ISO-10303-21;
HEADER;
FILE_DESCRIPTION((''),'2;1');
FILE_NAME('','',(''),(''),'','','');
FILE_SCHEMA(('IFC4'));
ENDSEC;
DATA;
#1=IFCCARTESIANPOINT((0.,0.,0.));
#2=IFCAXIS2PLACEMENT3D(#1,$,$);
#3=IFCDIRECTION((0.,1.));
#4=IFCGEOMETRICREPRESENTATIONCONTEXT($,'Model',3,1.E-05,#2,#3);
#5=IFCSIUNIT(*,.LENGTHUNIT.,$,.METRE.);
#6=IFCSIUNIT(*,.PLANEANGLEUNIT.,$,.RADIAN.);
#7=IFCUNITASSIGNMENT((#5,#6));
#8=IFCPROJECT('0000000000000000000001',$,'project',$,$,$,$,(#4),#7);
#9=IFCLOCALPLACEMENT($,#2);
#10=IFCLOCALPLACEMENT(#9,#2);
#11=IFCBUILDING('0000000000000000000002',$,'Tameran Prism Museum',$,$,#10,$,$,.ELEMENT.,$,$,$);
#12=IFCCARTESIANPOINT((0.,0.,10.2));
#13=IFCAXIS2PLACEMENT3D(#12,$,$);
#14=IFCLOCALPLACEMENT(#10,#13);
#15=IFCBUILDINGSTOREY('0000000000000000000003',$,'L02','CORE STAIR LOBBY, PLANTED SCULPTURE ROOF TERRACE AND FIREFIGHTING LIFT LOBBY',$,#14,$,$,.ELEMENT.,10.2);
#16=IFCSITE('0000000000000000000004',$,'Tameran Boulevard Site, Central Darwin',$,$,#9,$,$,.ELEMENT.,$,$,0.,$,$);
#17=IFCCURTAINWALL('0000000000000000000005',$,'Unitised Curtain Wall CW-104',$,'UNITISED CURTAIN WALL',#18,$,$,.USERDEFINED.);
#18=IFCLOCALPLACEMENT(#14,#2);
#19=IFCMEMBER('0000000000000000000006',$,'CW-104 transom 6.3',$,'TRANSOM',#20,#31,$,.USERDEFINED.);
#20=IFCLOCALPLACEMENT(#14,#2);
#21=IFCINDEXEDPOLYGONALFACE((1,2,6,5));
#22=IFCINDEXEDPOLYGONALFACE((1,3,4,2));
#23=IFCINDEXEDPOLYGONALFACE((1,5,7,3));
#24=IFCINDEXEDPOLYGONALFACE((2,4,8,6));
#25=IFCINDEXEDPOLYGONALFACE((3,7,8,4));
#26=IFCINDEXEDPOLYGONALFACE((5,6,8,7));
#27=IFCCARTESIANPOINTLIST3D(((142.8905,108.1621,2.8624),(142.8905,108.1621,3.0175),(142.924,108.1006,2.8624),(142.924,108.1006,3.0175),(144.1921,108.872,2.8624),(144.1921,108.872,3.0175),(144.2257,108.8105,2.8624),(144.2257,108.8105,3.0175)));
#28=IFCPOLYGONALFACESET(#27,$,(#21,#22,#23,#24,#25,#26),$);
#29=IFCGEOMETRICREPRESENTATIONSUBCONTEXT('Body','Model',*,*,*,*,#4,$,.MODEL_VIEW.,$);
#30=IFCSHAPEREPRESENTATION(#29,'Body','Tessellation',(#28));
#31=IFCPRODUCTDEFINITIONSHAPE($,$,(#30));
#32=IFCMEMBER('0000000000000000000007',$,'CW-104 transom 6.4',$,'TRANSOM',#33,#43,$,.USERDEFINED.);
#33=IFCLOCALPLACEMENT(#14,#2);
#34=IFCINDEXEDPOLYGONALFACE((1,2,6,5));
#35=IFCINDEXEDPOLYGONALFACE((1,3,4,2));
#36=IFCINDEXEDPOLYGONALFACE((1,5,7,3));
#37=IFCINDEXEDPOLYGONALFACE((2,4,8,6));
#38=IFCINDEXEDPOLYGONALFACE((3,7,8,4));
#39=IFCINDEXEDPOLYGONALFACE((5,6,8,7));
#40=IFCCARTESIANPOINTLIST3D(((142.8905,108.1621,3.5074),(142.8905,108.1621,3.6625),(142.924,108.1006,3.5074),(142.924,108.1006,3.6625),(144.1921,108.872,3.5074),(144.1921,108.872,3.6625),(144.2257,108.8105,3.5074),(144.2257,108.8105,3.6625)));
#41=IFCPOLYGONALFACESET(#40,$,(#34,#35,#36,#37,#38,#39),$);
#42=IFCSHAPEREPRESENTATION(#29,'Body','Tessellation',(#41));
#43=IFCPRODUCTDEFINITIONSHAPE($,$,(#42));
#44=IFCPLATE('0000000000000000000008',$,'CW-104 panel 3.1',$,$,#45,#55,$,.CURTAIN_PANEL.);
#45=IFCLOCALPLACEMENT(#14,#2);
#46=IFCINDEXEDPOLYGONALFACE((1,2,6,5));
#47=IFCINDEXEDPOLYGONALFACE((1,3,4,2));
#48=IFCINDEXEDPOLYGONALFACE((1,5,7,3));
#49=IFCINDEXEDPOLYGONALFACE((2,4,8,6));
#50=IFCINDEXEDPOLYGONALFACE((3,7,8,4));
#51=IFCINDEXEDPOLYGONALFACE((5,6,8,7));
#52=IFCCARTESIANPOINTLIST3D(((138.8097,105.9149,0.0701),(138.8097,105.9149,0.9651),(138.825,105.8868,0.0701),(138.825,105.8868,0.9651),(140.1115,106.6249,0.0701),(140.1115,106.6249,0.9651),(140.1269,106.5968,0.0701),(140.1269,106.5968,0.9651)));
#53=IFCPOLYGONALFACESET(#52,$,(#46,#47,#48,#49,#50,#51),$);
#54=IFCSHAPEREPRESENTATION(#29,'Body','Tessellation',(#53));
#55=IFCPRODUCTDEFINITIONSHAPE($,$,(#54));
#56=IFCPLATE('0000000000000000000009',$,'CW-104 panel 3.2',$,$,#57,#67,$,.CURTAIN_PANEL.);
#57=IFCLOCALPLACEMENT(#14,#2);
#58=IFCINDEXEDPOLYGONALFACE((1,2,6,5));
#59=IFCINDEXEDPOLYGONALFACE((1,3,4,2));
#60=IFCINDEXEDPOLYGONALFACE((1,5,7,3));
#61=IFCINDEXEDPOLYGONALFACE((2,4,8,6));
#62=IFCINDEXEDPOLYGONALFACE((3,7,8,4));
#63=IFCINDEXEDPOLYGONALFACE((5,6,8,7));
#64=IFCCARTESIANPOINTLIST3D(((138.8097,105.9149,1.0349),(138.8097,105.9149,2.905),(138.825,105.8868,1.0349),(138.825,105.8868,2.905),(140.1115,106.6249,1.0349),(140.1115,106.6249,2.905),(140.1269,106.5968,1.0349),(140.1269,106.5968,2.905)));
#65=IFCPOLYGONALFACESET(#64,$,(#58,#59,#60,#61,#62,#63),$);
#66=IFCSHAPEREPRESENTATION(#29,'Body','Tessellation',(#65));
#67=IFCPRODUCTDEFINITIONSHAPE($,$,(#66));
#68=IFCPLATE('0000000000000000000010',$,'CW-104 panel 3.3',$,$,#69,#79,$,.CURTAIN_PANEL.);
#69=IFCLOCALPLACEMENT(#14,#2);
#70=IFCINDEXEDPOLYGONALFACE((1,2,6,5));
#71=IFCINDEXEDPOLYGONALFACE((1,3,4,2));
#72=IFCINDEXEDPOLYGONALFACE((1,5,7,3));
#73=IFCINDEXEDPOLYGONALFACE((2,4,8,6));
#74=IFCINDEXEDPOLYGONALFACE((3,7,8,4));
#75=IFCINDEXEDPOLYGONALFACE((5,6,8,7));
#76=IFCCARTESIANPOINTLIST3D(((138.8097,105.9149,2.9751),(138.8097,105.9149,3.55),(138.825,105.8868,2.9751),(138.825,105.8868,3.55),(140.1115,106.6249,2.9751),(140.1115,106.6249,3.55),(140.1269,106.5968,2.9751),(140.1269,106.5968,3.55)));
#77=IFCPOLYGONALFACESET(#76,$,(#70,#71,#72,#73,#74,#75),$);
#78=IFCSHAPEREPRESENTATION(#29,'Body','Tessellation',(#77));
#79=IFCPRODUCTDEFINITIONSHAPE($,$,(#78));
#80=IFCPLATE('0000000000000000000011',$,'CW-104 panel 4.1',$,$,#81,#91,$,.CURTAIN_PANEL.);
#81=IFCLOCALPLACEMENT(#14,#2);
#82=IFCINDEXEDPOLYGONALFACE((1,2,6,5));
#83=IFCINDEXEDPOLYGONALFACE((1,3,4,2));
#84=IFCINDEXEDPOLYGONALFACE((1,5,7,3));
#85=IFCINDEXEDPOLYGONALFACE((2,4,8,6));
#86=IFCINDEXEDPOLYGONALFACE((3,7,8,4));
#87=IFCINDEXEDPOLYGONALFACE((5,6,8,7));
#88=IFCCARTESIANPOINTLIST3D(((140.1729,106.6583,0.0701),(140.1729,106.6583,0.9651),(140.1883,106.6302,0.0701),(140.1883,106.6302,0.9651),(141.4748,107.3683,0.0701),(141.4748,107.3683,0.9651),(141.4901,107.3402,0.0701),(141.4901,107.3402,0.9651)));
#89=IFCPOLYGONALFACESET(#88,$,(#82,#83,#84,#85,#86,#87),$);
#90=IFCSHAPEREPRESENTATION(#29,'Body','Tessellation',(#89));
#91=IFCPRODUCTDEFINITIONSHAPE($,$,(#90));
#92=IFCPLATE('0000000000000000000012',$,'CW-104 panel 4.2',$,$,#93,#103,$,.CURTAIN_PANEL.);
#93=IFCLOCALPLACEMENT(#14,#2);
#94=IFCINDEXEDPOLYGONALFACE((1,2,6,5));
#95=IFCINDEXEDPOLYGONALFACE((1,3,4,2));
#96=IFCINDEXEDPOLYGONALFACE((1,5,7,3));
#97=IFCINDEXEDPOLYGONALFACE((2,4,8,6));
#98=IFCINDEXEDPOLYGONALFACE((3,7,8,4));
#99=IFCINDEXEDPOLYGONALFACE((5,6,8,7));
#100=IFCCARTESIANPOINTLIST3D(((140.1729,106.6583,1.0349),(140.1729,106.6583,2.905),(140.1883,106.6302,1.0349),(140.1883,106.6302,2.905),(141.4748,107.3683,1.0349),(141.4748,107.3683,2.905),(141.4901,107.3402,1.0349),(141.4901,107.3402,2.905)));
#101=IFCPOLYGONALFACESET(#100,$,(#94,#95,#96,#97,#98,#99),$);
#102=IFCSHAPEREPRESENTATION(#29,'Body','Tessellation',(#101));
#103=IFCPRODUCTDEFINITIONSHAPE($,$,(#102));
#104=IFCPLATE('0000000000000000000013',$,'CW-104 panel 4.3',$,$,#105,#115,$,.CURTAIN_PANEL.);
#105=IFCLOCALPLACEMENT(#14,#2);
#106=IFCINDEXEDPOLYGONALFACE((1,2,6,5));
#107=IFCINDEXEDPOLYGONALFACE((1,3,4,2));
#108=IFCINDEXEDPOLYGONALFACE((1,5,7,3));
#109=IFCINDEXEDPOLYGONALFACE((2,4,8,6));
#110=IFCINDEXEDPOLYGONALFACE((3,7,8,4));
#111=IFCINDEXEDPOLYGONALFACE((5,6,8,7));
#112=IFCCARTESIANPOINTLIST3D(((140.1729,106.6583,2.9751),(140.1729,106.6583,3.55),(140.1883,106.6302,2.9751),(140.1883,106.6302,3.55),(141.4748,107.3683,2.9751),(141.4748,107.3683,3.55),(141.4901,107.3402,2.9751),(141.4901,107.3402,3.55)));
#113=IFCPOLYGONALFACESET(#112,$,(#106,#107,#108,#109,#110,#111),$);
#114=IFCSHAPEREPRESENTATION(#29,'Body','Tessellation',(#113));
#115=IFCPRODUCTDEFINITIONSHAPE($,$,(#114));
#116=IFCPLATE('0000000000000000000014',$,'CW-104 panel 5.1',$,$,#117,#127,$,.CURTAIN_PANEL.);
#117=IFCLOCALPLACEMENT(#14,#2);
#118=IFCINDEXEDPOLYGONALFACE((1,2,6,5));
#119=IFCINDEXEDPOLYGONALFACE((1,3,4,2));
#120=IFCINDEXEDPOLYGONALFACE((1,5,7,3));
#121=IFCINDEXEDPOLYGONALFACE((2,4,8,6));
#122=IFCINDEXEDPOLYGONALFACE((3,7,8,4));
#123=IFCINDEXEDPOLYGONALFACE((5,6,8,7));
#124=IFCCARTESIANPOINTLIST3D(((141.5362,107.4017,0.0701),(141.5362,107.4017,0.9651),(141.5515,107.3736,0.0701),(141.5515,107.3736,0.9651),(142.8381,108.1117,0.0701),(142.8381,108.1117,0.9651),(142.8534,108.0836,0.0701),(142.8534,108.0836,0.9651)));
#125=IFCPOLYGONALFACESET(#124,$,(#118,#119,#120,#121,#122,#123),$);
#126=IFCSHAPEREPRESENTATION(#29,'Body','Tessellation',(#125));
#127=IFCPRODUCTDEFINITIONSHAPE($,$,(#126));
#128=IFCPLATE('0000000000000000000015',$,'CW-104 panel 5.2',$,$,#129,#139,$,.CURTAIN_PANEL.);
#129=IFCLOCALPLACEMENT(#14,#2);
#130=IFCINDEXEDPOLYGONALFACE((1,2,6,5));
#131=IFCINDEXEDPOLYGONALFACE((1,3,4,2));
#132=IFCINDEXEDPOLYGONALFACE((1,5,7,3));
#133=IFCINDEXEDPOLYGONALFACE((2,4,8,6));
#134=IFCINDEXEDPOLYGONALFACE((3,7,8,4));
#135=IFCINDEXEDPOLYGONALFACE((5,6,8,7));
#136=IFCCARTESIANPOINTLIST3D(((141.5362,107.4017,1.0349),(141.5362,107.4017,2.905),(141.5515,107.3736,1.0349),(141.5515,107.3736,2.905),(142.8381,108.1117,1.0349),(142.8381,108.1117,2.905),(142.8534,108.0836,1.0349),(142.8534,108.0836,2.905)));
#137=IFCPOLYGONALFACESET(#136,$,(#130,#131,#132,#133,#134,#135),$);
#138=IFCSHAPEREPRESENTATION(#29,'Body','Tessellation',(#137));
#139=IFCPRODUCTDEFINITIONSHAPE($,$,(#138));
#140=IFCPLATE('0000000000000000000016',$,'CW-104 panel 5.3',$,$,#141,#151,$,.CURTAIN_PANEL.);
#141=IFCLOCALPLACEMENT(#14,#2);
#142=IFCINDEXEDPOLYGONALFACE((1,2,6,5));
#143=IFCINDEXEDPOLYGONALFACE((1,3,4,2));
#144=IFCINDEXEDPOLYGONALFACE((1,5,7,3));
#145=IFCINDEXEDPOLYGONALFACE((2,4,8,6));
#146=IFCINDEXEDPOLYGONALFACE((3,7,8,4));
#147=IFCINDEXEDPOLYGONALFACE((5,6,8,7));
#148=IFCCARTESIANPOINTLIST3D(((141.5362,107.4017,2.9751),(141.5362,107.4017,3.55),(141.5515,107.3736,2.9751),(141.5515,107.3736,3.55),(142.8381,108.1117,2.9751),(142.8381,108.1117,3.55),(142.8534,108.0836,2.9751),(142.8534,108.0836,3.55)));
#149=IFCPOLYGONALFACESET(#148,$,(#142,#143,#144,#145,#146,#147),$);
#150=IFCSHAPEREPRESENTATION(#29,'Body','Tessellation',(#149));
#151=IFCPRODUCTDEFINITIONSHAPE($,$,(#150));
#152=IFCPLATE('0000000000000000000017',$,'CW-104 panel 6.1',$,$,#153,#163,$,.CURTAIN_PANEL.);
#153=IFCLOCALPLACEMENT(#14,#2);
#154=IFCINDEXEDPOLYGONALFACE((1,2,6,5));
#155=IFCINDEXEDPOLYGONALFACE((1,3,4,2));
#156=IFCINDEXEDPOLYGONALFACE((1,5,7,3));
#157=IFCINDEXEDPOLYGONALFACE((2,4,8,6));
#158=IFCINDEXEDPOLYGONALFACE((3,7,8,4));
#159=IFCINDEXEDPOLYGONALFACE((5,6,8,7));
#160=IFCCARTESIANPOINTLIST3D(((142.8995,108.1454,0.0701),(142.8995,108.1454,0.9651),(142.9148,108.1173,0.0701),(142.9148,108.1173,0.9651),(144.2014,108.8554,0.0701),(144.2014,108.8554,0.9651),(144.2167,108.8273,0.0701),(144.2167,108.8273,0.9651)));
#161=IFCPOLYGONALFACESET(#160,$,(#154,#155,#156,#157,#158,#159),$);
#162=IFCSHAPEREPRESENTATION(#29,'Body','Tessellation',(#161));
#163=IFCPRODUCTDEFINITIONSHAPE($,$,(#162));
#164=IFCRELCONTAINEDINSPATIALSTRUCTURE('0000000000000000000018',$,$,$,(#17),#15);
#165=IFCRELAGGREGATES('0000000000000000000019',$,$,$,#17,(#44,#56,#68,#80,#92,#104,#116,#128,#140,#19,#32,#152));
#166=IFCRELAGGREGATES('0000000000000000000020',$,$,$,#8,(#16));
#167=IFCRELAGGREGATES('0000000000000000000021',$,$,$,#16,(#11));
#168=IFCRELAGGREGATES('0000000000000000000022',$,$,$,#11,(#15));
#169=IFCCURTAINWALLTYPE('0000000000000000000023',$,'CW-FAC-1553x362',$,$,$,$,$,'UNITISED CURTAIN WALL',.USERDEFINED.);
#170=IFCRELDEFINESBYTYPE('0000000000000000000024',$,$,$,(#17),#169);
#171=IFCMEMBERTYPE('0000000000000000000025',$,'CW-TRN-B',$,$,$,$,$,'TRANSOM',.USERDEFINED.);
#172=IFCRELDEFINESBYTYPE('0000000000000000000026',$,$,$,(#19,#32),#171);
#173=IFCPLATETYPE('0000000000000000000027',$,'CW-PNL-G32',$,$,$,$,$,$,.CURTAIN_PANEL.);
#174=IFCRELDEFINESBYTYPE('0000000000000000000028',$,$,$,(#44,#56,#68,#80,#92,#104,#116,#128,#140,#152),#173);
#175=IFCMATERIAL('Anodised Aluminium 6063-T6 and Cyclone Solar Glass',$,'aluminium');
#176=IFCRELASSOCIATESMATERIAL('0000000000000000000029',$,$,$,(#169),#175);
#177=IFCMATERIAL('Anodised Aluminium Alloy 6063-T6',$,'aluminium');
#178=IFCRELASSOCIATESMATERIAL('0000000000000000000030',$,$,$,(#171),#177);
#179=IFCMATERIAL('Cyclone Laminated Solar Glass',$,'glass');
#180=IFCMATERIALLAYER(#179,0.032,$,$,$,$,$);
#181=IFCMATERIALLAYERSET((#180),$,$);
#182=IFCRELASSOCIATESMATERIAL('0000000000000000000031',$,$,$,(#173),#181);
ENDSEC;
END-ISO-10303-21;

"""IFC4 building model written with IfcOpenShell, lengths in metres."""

from ifc_helpers import new_model, si_unit, direction, frame, origin, origin_2d, place, context, subcontext, project, spatial, rectangle, extrude, material, layer, layer_set, material_profile, profile_set, type_object, element, aggregate, save


model = new_model("IFC4")

# Units and contexts
model_context = context("Model", 3, precision=1e-05, world=origin(), true_north=direction((0.0, 1.0)))
body_context = subcontext(model_context, "Body", "Model", "MODEL_VIEW")
ifc_project = project(units=[si_unit("LENGTHUNIT", "METRE"), si_unit("PLANEANGLEUNIT", "RADIAN")], contexts=[model_context])

# Site, building, storey
site_placement = place(None, origin())
site = spatial("IfcSite", under=ifc_project, at=site_placement, Name="Tameran Boulevard Site, Central Darwin", CompositionType="ELEMENT", RefElevation=0.0)
building_placement = place(site_placement, origin())
building = spatial("IfcBuilding", under=site, at=building_placement, Name="Tameran Prism Museum", CompositionType="ELEMENT")
storey_placement = place(building_placement, frame((0.0, 0.0, 10.2)))
storey = spatial("IfcBuildingStorey", under=building, at=storey_placement, Name="L02", Description="CORE STAIR LOBBY, PLANTED SCULPTURE ROOF TERRACE AND FIREFIGHTING LIFT LOBBY", CompositionType="ELEMENT", Elevation=10.2)

# Curtain wall, members, plates
ifc_material_1 = material(Name="Anodised Aluminium 6063-T6 and Cyclone Solar Glass", Category="aluminium")
curtain_wall_type = type_object("IfcCurtainWallType", Name="CW-FAC-1553x362", ElementType="UNITISED CURTAIN WALL", PredefinedType="USERDEFINED", material=ifc_material_1)
curtain_wall_placement = place(storey_placement, origin())
curtain_wall = element("IfcCurtainWall", 1, at=curtain_wall_placement, inside=storey, type_object=curtain_wall_type, Name="Unitised Curtain Wall CW-104", ObjectType="UNITISED CURTAIN WALL", PredefinedType="USERDEFINED")
ifc_material_2 = material(Name="Anodised Aluminium Alloy 6063-T6", Category="aluminium")
ifc_material_profile_1 = material_profile(ifc_material_2, rectangle(XDim=0.0701, YDim=0.155, at=origin_2d()))
ifc_profile_set_1 = profile_set([ifc_material_profile_1])
member_type_1 = type_object("IfcMemberType", Name="CW-TRN-B", ElementType="TRANSOM", PredefinedType="USERDEFINED", material=ifc_profile_set_1)
member_1_placement = place(storey_placement, frame((142.9072, 108.1313, 2.9399), z_axis=(0.877921, 0.478806, 0.0), x_axis=(-0.478806, 0.877921, 0.0)))
member_1 = element("IfcMember", 2, at=member_1_placement, type_object=member_type_1, Name="CW-104 transom 6.3", ObjectType="TRANSOM", PredefinedType="USERDEFINED", context=body_context, shape_type="SweptSolid", body=[
    extrude(rectangle(XDim=0.0701, YDim=0.155, at=origin_2d()), origin(), (0.0, 0.0, 1.0), 1.4827),
])
member_2_placement = place(storey_placement, frame((142.9072, 108.1313, 3.585), z_axis=(0.877921, 0.478806, 0.0), x_axis=(-0.478806, 0.877921, 0.0)))
member_2 = element("IfcMember", 3, at=member_2_placement, type_object=member_type_1, Name="CW-104 transom 6.4", ObjectType="TRANSOM", PredefinedType="USERDEFINED", context=body_context, shape_type="SweptSolid", body=[
    extrude(rectangle(XDim=0.0701, YDim=0.155, at=origin_2d()), origin(), (0.0, 0.0, 1.0), 1.4827),
])
ifc_material_3 = material(Name="Cyclone Laminated Solar Glass", Category="glass")
ifc_layer = layer(ifc_material_3, 0.032)
ifc_layer_set = layer_set([ifc_layer])
plate_type = type_object("IfcPlateType", Name="CW-PNL-G32", PredefinedType="CURTAIN_PANEL", material=ifc_layer_set)
plate_1_placement = place(storey_placement, frame((139.4683, 106.2559, 0.0701), z_axis=(0.0, 0.0, 1.0), x_axis=(0.877928, 0.478793, 0.0)))
plate_1 = element("IfcPlate", 4, at=plate_1_placement, type_object=plate_type, Name="CW-104 panel 3.1", PredefinedType="CURTAIN_PANEL", context=body_context, shape_type="SweptSolid", body=[
    extrude(rectangle(XDim=1.4829, YDim=0.032, at=origin_2d()), origin(), (0.0, 0.0, 1.0), 0.895),
])
plate_2_placement = place(storey_placement, frame((139.4683, 106.2559, 1.0349), z_axis=(0.0, 0.0, 1.0), x_axis=(0.877928, 0.478793, 0.0)))
plate_2 = element("IfcPlate", 5, at=plate_2_placement, type_object=plate_type, Name="CW-104 panel 3.2", PredefinedType="CURTAIN_PANEL", context=body_context, shape_type="SweptSolid", body=[
    extrude(rectangle(XDim=1.4829, YDim=0.032, at=origin_2d()), origin(), (0.0, 0.0, 1.0), 1.8701),
])
plate_3_placement = place(storey_placement, frame((139.4683, 106.2559, 2.9751), z_axis=(0.0, 0.0, 1.0), x_axis=(0.877928, 0.478793, 0.0)))
plate_3 = element("IfcPlate", 6, at=plate_3_placement, type_object=plate_type, Name="CW-104 panel 3.3", PredefinedType="CURTAIN_PANEL", context=body_context, shape_type="SweptSolid", body=[
    extrude(rectangle(XDim=1.4829, YDim=0.032, at=origin_2d()), origin(), (0.0, 0.0, 1.0), 0.575),
])
plate_4_placement = place(storey_placement, frame((140.8315, 106.9993, 0.0701), z_axis=(0.0, 0.0, 1.0), x_axis=(0.877928, 0.478793, 0.0)))
plate_4 = element("IfcPlate", 7, at=plate_4_placement, type_object=plate_type, Name="CW-104 panel 4.1", PredefinedType="CURTAIN_PANEL", context=body_context, shape_type="SweptSolid", body=[
    extrude(rectangle(XDim=1.4829, YDim=0.032, at=origin_2d()), origin(), (0.0, 0.0, 1.0), 0.895),
])
plate_5_placement = place(storey_placement, frame((140.8315, 106.9993, 1.0349), z_axis=(0.0, 0.0, 1.0), x_axis=(0.877928, 0.478793, 0.0)))
plate_5 = element("IfcPlate", 8, at=plate_5_placement, type_object=plate_type, Name="CW-104 panel 4.2", PredefinedType="CURTAIN_PANEL", context=body_context, shape_type="SweptSolid", body=[
    extrude(rectangle(XDim=1.4829, YDim=0.032, at=origin_2d()), origin(), (0.0, 0.0, 1.0), 1.8701),
])
plate_6_placement = place(storey_placement, frame((140.8315, 106.9993, 2.9751), z_axis=(0.0, 0.0, 1.0), x_axis=(0.877928, 0.478793, 0.0)))
plate_6 = element("IfcPlate", 9, at=plate_6_placement, type_object=plate_type, Name="CW-104 panel 4.3", PredefinedType="CURTAIN_PANEL", context=body_context, shape_type="SweptSolid", body=[
    extrude(rectangle(XDim=1.4829, YDim=0.032, at=origin_2d()), origin(), (0.0, 0.0, 1.0), 0.575),
])
plate_7_placement = place(storey_placement, frame((142.1948, 107.7427, 0.0701), z_axis=(0.0, 0.0, 1.0), x_axis=(0.877928, 0.478793, 0.0)))
plate_7 = element("IfcPlate", 10, at=plate_7_placement, type_object=plate_type, Name="CW-104 panel 5.1", PredefinedType="CURTAIN_PANEL", context=body_context, shape_type="SweptSolid", body=[
    extrude(rectangle(XDim=1.4829, YDim=0.032, at=origin_2d()), origin(), (0.0, 0.0, 1.0), 0.895),
])
plate_8_placement = place(storey_placement, frame((142.1948, 107.7427, 1.0349), z_axis=(0.0, 0.0, 1.0), x_axis=(0.877928, 0.478793, 0.0)))
plate_8 = element("IfcPlate", 11, at=plate_8_placement, type_object=plate_type, Name="CW-104 panel 5.2", PredefinedType="CURTAIN_PANEL", context=body_context, shape_type="SweptSolid", body=[
    extrude(rectangle(XDim=1.4829, YDim=0.032, at=origin_2d()), origin(), (0.0, 0.0, 1.0), 1.8701),
])
plate_9_placement = place(storey_placement, frame((142.1948, 107.7427, 2.9751), z_axis=(0.0, 0.0, 1.0), x_axis=(0.877928, 0.478793, 0.0)))
plate_9 = element("IfcPlate", 12, at=plate_9_placement, type_object=plate_type, Name="CW-104 panel 5.3", PredefinedType="CURTAIN_PANEL", context=body_context, shape_type="SweptSolid", body=[
    extrude(rectangle(XDim=1.4829, YDim=0.032, at=origin_2d()), origin(), (0.0, 0.0, 1.0), 0.575),
])
plate_10_placement = place(storey_placement, frame((143.5581, 108.4863, 0.0701), z_axis=(0.0, 0.0, 1.0), x_axis=(0.877928, 0.478793, 0.0)))
plate_10 = element("IfcPlate", 13, at=plate_10_placement, type_object=plate_type, Name="CW-104 panel 6.1", PredefinedType="CURTAIN_PANEL", context=body_context, shape_type="SweptSolid", body=[
    extrude(rectangle(XDim=1.4829, YDim=0.032, at=origin_2d()), origin(), (0.0, 0.0, 1.0), 0.895),
])
aggregate(curtain_wall, [plate_1, plate_2, plate_3, plate_4, plate_5, plate_6, plate_7, plate_8, plate_9, member_1, member_2, plate_10])

save(model, "model.ifc")
